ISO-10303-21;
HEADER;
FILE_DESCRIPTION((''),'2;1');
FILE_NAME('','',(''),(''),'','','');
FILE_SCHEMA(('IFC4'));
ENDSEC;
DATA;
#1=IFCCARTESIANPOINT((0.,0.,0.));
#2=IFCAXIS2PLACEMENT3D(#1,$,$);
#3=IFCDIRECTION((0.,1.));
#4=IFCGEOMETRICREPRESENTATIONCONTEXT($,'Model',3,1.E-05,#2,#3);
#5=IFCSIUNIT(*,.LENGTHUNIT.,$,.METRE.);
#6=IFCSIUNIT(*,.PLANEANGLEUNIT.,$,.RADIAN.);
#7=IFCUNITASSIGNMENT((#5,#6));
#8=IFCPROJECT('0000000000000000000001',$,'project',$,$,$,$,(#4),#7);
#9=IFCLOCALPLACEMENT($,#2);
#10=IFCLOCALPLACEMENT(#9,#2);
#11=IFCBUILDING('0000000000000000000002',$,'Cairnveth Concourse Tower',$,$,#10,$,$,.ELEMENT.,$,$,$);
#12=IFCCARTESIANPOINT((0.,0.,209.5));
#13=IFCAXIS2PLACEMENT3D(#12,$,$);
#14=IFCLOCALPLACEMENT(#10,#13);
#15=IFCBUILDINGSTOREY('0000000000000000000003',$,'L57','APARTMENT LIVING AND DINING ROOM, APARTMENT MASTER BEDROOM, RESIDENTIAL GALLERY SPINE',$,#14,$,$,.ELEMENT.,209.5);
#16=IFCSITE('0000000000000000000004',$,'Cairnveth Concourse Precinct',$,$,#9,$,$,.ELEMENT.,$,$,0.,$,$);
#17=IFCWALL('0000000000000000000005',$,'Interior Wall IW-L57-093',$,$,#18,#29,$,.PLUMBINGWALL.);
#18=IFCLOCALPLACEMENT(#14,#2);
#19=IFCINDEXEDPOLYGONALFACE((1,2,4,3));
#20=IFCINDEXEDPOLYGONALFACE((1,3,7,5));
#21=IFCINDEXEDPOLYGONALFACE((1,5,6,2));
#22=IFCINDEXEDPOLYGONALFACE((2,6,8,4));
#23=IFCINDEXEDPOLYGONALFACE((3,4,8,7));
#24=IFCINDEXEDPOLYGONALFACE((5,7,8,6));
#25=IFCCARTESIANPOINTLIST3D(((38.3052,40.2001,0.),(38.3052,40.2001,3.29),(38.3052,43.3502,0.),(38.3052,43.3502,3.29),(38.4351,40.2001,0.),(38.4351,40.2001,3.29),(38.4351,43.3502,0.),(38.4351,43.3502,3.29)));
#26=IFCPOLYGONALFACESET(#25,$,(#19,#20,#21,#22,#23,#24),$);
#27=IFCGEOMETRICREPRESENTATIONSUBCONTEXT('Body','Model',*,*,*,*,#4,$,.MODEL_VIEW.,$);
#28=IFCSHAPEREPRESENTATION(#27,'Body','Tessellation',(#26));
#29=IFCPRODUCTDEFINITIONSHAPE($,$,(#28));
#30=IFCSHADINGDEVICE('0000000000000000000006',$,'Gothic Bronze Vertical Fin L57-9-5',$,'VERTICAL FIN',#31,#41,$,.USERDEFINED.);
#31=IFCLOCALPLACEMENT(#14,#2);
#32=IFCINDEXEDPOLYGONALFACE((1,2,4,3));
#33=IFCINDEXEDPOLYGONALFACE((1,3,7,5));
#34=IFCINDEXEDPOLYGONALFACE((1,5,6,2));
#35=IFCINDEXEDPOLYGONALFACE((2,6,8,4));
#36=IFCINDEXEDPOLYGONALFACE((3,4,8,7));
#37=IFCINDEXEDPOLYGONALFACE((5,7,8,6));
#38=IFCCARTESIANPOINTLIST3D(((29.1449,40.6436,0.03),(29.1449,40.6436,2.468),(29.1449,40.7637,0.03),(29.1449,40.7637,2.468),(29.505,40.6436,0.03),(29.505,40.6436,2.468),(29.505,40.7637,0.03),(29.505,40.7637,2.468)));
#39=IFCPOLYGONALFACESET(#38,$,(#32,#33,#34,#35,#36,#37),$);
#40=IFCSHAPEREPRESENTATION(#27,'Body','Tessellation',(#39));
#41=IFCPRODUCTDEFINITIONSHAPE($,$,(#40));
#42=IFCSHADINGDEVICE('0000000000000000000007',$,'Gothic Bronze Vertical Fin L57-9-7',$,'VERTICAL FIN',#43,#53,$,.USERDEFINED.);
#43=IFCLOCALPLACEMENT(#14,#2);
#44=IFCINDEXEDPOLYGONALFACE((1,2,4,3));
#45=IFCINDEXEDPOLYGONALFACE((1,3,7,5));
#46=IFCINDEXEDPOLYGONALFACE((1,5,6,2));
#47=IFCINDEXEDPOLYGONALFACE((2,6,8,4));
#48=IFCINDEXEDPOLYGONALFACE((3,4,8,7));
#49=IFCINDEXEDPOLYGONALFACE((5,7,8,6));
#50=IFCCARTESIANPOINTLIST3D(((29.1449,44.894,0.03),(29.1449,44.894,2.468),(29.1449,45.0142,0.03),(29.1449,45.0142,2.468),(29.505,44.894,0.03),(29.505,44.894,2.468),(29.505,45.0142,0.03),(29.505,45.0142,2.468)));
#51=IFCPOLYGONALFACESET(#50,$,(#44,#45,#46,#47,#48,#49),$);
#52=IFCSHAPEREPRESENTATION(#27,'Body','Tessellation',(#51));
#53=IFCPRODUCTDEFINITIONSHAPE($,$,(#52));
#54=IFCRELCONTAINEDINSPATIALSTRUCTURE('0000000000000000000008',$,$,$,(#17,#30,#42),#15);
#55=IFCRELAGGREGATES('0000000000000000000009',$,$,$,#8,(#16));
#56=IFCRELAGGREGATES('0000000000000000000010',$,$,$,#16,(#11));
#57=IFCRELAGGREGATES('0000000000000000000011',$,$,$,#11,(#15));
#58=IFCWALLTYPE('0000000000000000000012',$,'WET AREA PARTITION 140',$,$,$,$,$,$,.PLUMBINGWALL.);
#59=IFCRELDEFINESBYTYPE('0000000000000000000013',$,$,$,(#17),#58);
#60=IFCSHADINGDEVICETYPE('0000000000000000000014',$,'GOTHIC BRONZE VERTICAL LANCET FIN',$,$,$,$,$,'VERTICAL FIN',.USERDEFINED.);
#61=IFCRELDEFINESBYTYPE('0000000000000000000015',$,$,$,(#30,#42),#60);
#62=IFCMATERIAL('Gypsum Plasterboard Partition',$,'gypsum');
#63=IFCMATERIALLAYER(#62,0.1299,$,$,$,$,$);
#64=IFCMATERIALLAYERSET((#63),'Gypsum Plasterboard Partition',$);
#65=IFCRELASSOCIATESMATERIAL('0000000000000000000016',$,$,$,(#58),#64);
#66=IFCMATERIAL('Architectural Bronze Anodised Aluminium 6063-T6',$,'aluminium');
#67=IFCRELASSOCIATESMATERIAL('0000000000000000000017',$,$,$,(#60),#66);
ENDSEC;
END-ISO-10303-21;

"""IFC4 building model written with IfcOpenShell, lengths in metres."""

from ifc_helpers import new_model, si_unit, direction, frame, frame_2d, origin, origin_2d, place, context, subcontext, project, spatial, rectangle, extrude, material, layer, layer_set, type_object, element, save


model = new_model("IFC4")

# Units and contexts
model_context = context("Model", 3, precision=1e-05, world=origin(), true_north=direction((0.0, 1.0)))
body_context = subcontext(model_context, "Body", "Model", "MODEL_VIEW")
ifc_project = project(units=[si_unit("LENGTHUNIT", "METRE"), si_unit("PLANEANGLEUNIT", "RADIAN")], contexts=[model_context])

# Site, building, storey
site_placement = place(None, origin())
site = spatial("IfcSite", under=ifc_project, at=site_placement, Name="Cairnveth Concourse Precinct", CompositionType="ELEMENT", RefElevation=0.0)
building_placement = place(site_placement, origin())
building = spatial("IfcBuilding", under=site, at=building_placement, Name="Cairnveth Concourse Tower", CompositionType="ELEMENT")
storey_placement = place(building_placement, frame((0.0, 0.0, 209.5)))
storey = spatial("IfcBuildingStorey", under=building, at=storey_placement, Name="L57", Description="APARTMENT LIVING AND DINING ROOM, APARTMENT MASTER BEDROOM, RESIDENTIAL GALLERY SPINE", CompositionType="ELEMENT", Elevation=209.5)

# Shared definitions
ifc_material_1 = material(Name="Gypsum Plasterboard Partition", Category="gypsum")
ifc_layer_1 = layer(ifc_material_1, 0.1299)
ifc_layer_set_1 = layer_set([ifc_layer_1], Name="Gypsum Plasterboard Partition")
wall_type_1 = type_object("IfcWallType", Name="WET AREA PARTITION 140", PredefinedType="PLUMBINGWALL", material=ifc_layer_set_1)

# Wall
wall_1_placement = place(storey_placement, frame((38.3701, 40.2, 0.0), z_axis=(0.0, 0.0, 1.0), x_axis=(0.0, 1.0, 0.0)))
element("IfcWall", 1, at=wall_1_placement, inside=storey, type_object=wall_type_1, Name="Interior Wall IW-L57-093", PredefinedType="PLUMBINGWALL", context=body_context, shape_type="SweptSolid", body=[
    extrude(rectangle(XDim=3.1501, YDim=0.1299, at=frame_2d((1.5752, 0.0))), origin(), (0.0, 0.0, 1.0), 3.29),
])

# Shading devices
ifc_material_2 = material(Name="Architectural Bronze Anodised Aluminium 6063-T6", Category="aluminium")
shading_device_type = type_object("IfcShadingDeviceType", Name="GOTHIC BRONZE VERTICAL LANCET FIN", ElementType="VERTICAL FIN", PredefinedType="USERDEFINED", material=ifc_material_2)
for number, where, z_axis, x_axis, name in (
    (2, (29.325, 40.7036, 0.03), (0.0, 0.0, 1.0), (0.0, 1.0, 0.0), "Gothic Bronze Vertical Fin L57-9-5"),
    (3, (29.325, 44.9541, 0.03), (0.0, 0.0, 1.0), (0.0, 1.0, 0.0), "Gothic Bronze Vertical Fin L57-9-7"),
):
    element("IfcShadingDevice", number, at=place(storey_placement, frame(where, z_axis=z_axis, x_axis=x_axis)), inside=storey, type_object=shading_device_type, Name=name, ObjectType="VERTICAL FIN", PredefinedType="USERDEFINED", context=body_context, shape_type="SweptSolid", body=[
        extrude(rectangle(XDim=0.1201, YDim=0.3601, at=origin_2d()), origin(), (0.0, 0.0, 1.0), 2.438),
    ])

save(model, "model.ifc")
